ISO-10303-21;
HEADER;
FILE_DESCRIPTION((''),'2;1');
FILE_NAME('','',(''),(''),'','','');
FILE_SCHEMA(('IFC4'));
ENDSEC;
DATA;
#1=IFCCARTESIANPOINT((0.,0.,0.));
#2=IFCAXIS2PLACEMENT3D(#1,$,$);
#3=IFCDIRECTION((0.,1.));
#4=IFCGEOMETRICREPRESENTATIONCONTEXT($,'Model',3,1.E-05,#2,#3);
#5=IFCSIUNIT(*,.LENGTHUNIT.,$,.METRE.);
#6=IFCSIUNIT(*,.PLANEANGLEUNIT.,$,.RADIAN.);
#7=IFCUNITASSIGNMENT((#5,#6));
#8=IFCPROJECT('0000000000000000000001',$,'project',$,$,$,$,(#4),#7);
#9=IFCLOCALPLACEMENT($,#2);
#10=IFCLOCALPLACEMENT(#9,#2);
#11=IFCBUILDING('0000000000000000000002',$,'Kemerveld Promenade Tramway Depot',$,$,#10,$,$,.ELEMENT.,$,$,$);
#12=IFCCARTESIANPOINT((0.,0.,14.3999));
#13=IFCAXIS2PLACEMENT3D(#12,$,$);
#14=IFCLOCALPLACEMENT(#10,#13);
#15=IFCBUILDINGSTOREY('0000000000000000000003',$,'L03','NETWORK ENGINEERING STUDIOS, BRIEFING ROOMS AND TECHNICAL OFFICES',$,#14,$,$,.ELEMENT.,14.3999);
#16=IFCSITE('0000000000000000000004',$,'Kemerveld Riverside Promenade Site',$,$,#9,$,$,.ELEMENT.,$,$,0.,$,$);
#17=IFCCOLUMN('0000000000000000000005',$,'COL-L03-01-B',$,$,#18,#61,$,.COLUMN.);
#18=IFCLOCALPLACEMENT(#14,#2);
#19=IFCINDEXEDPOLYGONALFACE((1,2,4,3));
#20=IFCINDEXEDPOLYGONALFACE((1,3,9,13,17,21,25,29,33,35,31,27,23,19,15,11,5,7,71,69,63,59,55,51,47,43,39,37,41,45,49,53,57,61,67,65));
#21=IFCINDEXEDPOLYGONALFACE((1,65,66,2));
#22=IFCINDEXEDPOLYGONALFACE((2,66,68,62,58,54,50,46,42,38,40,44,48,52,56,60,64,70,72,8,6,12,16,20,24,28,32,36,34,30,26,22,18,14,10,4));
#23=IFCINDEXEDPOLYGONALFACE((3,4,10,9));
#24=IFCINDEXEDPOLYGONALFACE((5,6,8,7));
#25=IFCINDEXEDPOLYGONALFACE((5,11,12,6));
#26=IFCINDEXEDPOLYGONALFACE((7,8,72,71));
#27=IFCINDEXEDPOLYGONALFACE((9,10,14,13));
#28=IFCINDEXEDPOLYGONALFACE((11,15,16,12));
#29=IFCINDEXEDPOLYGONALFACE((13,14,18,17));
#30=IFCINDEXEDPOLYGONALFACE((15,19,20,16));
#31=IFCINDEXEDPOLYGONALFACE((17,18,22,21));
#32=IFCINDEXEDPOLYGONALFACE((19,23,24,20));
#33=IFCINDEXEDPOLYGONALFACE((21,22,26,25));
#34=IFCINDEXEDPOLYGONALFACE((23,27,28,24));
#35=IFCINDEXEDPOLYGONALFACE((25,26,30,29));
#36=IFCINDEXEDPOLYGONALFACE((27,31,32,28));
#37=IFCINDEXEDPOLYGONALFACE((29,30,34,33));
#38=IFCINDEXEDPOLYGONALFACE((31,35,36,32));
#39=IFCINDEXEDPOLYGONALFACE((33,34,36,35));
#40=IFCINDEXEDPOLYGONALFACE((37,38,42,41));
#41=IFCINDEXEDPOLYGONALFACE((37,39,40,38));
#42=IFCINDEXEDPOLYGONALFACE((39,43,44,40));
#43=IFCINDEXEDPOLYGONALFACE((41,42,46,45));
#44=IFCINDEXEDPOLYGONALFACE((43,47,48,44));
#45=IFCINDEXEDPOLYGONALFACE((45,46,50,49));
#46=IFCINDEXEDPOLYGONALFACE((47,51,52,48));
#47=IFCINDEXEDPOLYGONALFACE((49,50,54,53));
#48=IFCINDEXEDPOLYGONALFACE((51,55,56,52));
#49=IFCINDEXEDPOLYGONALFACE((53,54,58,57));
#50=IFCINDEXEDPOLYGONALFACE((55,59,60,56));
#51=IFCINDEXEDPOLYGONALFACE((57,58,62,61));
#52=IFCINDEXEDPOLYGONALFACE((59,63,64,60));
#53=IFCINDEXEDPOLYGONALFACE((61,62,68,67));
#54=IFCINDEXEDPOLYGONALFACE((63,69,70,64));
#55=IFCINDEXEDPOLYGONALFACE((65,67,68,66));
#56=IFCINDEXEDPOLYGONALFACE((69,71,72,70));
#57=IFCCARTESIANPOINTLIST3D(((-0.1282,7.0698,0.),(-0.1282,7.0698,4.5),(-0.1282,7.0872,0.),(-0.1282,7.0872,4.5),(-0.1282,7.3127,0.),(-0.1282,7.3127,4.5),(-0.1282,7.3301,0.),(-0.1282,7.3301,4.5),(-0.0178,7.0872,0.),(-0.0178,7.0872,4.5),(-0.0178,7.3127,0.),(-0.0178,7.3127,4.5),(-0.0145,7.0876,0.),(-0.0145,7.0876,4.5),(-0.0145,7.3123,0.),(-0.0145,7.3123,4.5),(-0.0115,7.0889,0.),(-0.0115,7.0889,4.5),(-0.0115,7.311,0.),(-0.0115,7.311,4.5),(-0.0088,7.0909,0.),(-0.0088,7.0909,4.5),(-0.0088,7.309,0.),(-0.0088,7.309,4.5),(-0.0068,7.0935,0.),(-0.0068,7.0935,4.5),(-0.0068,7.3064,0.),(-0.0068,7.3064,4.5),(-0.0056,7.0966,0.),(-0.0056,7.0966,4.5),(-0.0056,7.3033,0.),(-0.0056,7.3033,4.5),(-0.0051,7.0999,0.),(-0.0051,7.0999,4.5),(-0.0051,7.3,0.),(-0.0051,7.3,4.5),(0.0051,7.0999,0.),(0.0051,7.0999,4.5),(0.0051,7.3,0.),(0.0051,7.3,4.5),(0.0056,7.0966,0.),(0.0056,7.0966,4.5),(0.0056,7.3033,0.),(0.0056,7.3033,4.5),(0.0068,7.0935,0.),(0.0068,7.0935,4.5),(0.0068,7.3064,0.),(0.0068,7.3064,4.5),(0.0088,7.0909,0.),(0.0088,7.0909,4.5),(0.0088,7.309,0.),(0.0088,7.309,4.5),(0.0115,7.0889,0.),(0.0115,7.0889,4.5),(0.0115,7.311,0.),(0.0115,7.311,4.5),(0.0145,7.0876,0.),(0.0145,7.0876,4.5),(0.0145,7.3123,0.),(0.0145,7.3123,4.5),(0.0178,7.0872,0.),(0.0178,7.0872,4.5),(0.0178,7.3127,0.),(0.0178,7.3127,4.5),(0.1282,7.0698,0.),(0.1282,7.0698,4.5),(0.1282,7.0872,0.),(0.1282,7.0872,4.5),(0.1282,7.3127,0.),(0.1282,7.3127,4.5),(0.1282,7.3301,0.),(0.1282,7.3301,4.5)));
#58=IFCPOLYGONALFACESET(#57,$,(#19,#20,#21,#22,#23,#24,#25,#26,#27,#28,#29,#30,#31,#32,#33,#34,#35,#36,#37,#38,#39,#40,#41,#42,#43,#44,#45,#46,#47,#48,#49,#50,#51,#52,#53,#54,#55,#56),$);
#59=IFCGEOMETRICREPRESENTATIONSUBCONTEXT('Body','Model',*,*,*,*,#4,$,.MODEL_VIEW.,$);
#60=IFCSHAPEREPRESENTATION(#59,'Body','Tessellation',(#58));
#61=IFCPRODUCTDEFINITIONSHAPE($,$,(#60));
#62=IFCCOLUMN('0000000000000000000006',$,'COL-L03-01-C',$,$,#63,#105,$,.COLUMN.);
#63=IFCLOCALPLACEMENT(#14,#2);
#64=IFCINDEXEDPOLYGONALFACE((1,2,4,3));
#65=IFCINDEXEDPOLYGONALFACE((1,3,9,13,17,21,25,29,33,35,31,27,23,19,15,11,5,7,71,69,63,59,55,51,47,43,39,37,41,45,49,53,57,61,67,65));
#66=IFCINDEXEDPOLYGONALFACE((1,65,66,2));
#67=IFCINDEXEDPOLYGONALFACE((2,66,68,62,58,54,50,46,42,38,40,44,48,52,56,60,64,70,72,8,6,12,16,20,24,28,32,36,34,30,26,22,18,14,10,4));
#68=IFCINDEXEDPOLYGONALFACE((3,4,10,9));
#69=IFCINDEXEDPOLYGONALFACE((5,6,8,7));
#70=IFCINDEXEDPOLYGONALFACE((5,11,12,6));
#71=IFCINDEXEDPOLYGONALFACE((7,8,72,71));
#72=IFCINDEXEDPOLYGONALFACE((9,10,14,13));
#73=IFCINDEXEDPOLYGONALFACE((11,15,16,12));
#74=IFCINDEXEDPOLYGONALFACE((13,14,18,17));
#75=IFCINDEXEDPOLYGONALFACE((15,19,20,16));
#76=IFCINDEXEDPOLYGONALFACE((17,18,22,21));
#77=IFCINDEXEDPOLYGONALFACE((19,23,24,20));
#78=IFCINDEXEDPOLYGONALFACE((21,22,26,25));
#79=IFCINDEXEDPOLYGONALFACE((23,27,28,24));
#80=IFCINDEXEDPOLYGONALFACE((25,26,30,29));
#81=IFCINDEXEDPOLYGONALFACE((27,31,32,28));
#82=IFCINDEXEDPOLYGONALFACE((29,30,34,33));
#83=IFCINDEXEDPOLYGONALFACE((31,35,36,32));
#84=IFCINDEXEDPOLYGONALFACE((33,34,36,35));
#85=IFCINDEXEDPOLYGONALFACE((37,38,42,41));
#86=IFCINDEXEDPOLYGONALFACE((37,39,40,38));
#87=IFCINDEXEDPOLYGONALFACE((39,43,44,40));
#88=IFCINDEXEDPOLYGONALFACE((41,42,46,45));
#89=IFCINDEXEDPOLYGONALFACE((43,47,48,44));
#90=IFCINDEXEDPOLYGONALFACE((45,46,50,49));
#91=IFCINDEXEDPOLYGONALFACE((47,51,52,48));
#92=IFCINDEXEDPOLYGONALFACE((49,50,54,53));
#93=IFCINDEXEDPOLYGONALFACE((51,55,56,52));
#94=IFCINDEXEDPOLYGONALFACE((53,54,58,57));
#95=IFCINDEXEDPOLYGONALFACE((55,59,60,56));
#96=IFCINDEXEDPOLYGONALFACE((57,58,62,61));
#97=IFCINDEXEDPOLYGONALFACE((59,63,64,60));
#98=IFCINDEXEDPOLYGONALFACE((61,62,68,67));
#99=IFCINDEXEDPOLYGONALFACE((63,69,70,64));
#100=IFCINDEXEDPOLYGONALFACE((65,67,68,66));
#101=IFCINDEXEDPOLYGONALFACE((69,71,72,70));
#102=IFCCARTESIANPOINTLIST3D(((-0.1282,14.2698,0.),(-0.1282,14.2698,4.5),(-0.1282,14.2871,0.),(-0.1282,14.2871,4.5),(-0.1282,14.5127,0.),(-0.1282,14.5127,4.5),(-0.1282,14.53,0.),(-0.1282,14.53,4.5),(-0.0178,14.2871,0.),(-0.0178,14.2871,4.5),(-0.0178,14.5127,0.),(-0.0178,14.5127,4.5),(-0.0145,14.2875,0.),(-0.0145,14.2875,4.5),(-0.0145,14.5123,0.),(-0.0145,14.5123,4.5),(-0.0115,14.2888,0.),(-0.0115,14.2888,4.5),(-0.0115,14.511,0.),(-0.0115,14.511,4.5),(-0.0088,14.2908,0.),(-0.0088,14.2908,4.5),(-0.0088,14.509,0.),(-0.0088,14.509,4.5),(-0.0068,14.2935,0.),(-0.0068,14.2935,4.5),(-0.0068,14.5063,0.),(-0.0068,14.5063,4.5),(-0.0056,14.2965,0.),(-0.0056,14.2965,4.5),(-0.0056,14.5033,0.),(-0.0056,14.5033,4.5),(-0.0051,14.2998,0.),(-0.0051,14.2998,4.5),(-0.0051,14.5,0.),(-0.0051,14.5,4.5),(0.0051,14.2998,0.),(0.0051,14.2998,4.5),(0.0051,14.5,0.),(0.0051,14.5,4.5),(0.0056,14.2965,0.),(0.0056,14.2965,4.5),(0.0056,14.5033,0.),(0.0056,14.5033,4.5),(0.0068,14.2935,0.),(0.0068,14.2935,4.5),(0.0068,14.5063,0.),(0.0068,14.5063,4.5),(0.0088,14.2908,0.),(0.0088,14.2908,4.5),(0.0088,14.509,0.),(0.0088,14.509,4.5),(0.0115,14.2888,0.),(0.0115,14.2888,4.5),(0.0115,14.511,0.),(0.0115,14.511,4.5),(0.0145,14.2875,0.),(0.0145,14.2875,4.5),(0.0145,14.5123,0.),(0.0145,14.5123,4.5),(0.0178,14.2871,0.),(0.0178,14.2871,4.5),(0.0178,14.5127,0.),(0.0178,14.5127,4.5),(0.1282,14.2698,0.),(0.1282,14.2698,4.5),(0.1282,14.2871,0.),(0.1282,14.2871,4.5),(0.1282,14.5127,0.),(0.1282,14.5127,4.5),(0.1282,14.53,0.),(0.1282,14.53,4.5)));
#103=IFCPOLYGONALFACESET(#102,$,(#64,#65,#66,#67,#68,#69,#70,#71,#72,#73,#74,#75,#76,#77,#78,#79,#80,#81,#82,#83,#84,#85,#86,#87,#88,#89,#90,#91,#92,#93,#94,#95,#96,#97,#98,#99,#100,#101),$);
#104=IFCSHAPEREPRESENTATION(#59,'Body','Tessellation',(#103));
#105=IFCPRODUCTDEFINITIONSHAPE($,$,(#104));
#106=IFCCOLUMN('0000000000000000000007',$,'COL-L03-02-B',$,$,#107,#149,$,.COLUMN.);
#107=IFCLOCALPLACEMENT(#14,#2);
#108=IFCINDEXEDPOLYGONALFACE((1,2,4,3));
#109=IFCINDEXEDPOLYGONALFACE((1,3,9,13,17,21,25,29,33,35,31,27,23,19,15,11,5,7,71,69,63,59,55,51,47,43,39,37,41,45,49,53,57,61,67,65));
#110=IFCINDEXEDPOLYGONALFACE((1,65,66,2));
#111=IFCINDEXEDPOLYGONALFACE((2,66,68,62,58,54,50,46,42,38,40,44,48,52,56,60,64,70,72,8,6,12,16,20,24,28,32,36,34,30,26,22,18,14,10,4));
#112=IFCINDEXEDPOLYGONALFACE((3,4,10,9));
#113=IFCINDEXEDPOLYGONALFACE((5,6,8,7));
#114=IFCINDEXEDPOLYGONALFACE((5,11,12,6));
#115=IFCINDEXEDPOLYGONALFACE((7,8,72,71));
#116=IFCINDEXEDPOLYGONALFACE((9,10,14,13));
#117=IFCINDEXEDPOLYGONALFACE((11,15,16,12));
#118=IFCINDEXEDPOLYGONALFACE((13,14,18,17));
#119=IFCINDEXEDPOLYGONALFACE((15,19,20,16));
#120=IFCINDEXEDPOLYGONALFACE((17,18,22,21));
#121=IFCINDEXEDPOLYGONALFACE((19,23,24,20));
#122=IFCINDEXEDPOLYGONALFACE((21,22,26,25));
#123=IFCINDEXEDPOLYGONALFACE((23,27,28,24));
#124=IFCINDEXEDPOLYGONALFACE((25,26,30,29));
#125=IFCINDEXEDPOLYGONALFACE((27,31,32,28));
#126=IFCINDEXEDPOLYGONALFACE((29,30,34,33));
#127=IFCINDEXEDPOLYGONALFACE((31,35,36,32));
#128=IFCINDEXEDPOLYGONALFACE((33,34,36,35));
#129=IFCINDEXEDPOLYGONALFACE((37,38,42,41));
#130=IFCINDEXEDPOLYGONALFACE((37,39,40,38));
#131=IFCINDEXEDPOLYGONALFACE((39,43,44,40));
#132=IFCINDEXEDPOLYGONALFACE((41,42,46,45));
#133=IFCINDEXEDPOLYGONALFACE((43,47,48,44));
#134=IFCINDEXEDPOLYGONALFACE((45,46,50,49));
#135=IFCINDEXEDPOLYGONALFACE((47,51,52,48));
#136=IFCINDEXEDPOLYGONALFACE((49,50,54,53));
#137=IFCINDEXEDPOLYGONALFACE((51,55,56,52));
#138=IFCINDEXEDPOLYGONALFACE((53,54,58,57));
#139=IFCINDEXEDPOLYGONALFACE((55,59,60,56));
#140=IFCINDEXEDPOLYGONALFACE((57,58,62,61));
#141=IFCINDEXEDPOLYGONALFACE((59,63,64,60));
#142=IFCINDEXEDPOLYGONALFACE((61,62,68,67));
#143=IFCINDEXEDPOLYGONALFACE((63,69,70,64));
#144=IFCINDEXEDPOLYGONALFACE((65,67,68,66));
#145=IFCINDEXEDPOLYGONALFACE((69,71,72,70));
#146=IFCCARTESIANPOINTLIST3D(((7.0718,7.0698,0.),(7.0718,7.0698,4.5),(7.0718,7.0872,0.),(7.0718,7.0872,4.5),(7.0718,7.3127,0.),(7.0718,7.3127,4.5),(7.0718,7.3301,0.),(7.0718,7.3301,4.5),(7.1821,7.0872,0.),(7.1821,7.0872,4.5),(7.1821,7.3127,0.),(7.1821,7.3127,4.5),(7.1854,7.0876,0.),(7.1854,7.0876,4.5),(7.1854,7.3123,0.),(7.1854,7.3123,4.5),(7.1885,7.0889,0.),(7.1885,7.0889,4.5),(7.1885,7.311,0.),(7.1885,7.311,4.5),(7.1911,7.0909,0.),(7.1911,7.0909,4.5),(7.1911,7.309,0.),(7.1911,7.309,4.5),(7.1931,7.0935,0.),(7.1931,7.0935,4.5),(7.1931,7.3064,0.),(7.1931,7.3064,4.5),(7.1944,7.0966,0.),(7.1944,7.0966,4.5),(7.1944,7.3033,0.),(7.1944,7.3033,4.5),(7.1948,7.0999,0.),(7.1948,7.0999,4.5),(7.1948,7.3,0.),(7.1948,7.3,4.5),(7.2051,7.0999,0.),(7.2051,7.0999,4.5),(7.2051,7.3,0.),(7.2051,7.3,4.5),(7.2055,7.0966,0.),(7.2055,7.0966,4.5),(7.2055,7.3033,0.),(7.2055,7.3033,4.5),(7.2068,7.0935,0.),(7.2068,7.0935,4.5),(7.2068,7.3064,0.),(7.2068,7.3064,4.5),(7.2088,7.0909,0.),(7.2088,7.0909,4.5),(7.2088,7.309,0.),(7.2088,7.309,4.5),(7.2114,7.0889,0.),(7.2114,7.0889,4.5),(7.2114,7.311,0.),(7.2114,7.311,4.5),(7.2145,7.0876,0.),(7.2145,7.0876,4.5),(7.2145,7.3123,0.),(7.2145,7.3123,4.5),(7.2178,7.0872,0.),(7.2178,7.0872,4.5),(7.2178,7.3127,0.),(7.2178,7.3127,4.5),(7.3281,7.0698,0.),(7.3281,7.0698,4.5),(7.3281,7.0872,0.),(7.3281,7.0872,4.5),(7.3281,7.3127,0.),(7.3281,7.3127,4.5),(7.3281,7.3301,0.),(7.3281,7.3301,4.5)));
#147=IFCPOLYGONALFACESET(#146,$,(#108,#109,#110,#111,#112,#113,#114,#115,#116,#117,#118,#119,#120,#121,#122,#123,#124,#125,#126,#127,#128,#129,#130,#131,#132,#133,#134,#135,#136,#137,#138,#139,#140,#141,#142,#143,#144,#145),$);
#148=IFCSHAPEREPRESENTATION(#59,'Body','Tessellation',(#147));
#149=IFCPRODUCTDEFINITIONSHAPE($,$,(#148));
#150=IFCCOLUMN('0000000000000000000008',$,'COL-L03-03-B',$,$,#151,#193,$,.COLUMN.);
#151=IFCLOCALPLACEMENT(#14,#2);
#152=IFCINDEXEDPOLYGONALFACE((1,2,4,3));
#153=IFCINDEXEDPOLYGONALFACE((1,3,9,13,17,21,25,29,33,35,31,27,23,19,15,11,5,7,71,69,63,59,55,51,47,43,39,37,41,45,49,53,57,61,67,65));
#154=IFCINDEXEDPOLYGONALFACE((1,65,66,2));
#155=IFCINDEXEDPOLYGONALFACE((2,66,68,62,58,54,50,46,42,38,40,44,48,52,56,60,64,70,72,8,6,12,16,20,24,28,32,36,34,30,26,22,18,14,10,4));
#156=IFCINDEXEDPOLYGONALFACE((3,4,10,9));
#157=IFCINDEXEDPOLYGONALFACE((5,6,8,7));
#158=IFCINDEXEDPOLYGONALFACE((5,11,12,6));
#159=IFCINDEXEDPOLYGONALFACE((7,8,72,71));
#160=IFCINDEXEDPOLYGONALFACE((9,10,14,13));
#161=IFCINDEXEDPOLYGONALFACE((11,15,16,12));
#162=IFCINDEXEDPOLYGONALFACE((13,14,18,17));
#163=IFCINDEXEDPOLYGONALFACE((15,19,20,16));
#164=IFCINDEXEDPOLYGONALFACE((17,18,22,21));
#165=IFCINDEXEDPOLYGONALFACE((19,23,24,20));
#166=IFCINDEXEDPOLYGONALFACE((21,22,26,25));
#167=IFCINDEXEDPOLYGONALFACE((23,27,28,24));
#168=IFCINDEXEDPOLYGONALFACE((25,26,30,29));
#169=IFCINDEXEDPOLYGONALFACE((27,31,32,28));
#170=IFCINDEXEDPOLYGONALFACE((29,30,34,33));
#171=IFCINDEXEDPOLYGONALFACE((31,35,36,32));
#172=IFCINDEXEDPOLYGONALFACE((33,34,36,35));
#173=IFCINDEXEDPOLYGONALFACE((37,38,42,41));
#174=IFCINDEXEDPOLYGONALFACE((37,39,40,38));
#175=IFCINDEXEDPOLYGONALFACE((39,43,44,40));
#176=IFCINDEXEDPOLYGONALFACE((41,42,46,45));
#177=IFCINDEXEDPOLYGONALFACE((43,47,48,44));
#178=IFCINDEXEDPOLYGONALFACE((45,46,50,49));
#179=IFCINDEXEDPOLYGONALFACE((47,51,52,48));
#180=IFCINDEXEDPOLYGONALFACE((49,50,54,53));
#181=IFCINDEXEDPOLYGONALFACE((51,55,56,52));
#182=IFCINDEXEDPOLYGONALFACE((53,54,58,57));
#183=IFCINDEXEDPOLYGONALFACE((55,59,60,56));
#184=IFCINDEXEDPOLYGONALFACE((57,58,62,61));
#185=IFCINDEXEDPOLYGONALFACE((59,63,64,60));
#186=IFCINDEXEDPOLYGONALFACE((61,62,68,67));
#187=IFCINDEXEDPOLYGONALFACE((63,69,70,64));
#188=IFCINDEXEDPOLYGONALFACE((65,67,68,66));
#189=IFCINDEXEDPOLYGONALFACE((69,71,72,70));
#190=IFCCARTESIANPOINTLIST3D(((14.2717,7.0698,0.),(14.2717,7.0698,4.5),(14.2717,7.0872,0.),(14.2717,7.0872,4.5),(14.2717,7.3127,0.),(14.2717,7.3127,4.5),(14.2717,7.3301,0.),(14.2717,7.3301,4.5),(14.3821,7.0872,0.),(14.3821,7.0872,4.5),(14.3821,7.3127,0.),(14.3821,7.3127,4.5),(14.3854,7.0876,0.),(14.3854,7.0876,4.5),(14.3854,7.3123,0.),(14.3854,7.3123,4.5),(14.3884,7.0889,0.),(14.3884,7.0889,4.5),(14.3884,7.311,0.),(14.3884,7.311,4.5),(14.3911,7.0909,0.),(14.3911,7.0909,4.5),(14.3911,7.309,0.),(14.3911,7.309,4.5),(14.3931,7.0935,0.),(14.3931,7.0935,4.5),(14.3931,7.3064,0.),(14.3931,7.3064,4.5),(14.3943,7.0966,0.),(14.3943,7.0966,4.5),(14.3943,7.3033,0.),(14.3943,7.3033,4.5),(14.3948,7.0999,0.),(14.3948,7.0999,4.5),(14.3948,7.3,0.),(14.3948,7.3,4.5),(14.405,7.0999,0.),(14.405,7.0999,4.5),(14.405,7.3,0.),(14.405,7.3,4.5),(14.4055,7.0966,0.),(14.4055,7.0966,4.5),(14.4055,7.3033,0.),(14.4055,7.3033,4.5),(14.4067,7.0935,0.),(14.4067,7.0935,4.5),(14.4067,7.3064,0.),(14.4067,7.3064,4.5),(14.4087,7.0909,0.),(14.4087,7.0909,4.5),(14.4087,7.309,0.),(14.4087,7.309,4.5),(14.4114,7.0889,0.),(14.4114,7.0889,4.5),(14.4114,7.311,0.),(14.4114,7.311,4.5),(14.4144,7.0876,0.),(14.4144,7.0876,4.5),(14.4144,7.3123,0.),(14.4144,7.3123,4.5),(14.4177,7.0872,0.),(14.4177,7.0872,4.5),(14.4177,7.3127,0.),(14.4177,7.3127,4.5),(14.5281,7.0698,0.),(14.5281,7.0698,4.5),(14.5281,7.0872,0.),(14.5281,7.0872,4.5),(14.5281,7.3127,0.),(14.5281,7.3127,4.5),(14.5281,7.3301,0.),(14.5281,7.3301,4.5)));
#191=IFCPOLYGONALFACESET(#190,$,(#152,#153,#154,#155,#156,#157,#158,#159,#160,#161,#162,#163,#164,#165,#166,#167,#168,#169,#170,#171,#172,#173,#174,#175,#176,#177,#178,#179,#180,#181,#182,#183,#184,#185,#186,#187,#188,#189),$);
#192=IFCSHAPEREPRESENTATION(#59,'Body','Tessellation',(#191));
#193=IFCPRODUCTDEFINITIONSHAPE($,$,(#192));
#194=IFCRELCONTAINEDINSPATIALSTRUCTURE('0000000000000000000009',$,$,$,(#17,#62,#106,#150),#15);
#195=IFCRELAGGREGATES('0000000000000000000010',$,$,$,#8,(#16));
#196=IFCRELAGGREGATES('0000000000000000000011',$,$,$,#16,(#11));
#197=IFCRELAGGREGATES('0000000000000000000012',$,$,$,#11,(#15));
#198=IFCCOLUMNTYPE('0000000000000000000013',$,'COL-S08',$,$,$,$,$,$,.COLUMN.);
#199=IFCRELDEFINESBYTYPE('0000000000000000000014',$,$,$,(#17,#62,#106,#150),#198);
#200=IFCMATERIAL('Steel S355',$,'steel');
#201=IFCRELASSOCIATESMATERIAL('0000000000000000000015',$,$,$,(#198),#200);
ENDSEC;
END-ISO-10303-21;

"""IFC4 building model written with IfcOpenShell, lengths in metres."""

from ifc_helpers import new_model, si_unit, direction, frame, origin, origin_2d, place, context, subcontext, project, spatial, i_section, extrude, material, material_profile, profile_set, type_object, element, save


model = new_model("IFC4")

# Units and contexts
model_context = context("Model", 3, precision=1e-05, world=origin(), true_north=direction((0.0, 1.0)))
body_context = subcontext(model_context, "Body", "Model", "MODEL_VIEW")
ifc_project = project(units=[si_unit("LENGTHUNIT", "METRE"), si_unit("PLANEANGLEUNIT", "RADIAN")], contexts=[model_context])

# Site, building, storey
site_placement = place(None, origin())
site = spatial("IfcSite", under=ifc_project, at=site_placement, Name="Kemerveld Riverside Promenade Site", CompositionType="ELEMENT", RefElevation=0.0)
building_placement = place(site_placement, origin())
building = spatial("IfcBuilding", under=site, at=building_placement, Name="Kemerveld Promenade Tramway Depot", CompositionType="ELEMENT")
storey_placement = place(building_placement, frame((0.0, 0.0, 14.3999)))
storey = spatial("IfcBuildingStorey", under=building, at=storey_placement, Name="L03", Description="NETWORK ENGINEERING STUDIOS, BRIEFING ROOMS AND TECHNICAL OFFICES", CompositionType="ELEMENT", Elevation=14.3999)

# Columns
ifc_material_1 = material(Name="Steel S355", Category="steel")
ifc_material_profile_1 = material_profile(ifc_material_1, i_section(OverallWidth=0.2563, OverallDepth=0.2603, WebThickness=0.0103, FlangeThickness=0.0173, FilletRadius=0.0127, at=origin_2d()), Name="254x254x89 UC")
ifc_profile_set_1 = profile_set([ifc_material_profile_1], Name="Steel S355")
column_type = type_object("IfcColumnType", Name="COL-S08", PredefinedType="COLUMN", material=ifc_profile_set_1)
for number, where, z_axis, x_axis, name in (
    (1, (0.0, 7.2, 0.0), (0.0, 0.0, 1.0), (1.0, 0.0, 0.0), "COL-L03-01-B"),
    (2, (0.0, 14.3999, 0.0), (0.0, 0.0, 1.0), (1.0, 0.0, 0.0), "COL-L03-01-C"),
    (3, (7.2, 7.2, 0.0), (0.0, 0.0, 1.0), (1.0, 0.0, 0.0), "COL-L03-02-B"),
    (4, (14.3999, 7.2, 0.0), (0.0, 0.0, 1.0), (1.0, 0.0, 0.0), "COL-L03-03-B"),
):
    element("IfcColumn", number, at=place(storey_placement, frame(where, z_axis=z_axis, x_axis=x_axis)), inside=storey, type_object=column_type, Name=name, PredefinedType="COLUMN", context=body_context, shape_type="SweptSolid", body=[
        extrude(i_section(OverallWidth=0.2563, OverallDepth=0.2603, WebThickness=0.0103, FlangeThickness=0.0173, FilletRadius=0.0127, at=origin_2d()), origin(), (0.0, 0.0, 1.0), 4.5),
    ])

save(model, "model.ifc")
